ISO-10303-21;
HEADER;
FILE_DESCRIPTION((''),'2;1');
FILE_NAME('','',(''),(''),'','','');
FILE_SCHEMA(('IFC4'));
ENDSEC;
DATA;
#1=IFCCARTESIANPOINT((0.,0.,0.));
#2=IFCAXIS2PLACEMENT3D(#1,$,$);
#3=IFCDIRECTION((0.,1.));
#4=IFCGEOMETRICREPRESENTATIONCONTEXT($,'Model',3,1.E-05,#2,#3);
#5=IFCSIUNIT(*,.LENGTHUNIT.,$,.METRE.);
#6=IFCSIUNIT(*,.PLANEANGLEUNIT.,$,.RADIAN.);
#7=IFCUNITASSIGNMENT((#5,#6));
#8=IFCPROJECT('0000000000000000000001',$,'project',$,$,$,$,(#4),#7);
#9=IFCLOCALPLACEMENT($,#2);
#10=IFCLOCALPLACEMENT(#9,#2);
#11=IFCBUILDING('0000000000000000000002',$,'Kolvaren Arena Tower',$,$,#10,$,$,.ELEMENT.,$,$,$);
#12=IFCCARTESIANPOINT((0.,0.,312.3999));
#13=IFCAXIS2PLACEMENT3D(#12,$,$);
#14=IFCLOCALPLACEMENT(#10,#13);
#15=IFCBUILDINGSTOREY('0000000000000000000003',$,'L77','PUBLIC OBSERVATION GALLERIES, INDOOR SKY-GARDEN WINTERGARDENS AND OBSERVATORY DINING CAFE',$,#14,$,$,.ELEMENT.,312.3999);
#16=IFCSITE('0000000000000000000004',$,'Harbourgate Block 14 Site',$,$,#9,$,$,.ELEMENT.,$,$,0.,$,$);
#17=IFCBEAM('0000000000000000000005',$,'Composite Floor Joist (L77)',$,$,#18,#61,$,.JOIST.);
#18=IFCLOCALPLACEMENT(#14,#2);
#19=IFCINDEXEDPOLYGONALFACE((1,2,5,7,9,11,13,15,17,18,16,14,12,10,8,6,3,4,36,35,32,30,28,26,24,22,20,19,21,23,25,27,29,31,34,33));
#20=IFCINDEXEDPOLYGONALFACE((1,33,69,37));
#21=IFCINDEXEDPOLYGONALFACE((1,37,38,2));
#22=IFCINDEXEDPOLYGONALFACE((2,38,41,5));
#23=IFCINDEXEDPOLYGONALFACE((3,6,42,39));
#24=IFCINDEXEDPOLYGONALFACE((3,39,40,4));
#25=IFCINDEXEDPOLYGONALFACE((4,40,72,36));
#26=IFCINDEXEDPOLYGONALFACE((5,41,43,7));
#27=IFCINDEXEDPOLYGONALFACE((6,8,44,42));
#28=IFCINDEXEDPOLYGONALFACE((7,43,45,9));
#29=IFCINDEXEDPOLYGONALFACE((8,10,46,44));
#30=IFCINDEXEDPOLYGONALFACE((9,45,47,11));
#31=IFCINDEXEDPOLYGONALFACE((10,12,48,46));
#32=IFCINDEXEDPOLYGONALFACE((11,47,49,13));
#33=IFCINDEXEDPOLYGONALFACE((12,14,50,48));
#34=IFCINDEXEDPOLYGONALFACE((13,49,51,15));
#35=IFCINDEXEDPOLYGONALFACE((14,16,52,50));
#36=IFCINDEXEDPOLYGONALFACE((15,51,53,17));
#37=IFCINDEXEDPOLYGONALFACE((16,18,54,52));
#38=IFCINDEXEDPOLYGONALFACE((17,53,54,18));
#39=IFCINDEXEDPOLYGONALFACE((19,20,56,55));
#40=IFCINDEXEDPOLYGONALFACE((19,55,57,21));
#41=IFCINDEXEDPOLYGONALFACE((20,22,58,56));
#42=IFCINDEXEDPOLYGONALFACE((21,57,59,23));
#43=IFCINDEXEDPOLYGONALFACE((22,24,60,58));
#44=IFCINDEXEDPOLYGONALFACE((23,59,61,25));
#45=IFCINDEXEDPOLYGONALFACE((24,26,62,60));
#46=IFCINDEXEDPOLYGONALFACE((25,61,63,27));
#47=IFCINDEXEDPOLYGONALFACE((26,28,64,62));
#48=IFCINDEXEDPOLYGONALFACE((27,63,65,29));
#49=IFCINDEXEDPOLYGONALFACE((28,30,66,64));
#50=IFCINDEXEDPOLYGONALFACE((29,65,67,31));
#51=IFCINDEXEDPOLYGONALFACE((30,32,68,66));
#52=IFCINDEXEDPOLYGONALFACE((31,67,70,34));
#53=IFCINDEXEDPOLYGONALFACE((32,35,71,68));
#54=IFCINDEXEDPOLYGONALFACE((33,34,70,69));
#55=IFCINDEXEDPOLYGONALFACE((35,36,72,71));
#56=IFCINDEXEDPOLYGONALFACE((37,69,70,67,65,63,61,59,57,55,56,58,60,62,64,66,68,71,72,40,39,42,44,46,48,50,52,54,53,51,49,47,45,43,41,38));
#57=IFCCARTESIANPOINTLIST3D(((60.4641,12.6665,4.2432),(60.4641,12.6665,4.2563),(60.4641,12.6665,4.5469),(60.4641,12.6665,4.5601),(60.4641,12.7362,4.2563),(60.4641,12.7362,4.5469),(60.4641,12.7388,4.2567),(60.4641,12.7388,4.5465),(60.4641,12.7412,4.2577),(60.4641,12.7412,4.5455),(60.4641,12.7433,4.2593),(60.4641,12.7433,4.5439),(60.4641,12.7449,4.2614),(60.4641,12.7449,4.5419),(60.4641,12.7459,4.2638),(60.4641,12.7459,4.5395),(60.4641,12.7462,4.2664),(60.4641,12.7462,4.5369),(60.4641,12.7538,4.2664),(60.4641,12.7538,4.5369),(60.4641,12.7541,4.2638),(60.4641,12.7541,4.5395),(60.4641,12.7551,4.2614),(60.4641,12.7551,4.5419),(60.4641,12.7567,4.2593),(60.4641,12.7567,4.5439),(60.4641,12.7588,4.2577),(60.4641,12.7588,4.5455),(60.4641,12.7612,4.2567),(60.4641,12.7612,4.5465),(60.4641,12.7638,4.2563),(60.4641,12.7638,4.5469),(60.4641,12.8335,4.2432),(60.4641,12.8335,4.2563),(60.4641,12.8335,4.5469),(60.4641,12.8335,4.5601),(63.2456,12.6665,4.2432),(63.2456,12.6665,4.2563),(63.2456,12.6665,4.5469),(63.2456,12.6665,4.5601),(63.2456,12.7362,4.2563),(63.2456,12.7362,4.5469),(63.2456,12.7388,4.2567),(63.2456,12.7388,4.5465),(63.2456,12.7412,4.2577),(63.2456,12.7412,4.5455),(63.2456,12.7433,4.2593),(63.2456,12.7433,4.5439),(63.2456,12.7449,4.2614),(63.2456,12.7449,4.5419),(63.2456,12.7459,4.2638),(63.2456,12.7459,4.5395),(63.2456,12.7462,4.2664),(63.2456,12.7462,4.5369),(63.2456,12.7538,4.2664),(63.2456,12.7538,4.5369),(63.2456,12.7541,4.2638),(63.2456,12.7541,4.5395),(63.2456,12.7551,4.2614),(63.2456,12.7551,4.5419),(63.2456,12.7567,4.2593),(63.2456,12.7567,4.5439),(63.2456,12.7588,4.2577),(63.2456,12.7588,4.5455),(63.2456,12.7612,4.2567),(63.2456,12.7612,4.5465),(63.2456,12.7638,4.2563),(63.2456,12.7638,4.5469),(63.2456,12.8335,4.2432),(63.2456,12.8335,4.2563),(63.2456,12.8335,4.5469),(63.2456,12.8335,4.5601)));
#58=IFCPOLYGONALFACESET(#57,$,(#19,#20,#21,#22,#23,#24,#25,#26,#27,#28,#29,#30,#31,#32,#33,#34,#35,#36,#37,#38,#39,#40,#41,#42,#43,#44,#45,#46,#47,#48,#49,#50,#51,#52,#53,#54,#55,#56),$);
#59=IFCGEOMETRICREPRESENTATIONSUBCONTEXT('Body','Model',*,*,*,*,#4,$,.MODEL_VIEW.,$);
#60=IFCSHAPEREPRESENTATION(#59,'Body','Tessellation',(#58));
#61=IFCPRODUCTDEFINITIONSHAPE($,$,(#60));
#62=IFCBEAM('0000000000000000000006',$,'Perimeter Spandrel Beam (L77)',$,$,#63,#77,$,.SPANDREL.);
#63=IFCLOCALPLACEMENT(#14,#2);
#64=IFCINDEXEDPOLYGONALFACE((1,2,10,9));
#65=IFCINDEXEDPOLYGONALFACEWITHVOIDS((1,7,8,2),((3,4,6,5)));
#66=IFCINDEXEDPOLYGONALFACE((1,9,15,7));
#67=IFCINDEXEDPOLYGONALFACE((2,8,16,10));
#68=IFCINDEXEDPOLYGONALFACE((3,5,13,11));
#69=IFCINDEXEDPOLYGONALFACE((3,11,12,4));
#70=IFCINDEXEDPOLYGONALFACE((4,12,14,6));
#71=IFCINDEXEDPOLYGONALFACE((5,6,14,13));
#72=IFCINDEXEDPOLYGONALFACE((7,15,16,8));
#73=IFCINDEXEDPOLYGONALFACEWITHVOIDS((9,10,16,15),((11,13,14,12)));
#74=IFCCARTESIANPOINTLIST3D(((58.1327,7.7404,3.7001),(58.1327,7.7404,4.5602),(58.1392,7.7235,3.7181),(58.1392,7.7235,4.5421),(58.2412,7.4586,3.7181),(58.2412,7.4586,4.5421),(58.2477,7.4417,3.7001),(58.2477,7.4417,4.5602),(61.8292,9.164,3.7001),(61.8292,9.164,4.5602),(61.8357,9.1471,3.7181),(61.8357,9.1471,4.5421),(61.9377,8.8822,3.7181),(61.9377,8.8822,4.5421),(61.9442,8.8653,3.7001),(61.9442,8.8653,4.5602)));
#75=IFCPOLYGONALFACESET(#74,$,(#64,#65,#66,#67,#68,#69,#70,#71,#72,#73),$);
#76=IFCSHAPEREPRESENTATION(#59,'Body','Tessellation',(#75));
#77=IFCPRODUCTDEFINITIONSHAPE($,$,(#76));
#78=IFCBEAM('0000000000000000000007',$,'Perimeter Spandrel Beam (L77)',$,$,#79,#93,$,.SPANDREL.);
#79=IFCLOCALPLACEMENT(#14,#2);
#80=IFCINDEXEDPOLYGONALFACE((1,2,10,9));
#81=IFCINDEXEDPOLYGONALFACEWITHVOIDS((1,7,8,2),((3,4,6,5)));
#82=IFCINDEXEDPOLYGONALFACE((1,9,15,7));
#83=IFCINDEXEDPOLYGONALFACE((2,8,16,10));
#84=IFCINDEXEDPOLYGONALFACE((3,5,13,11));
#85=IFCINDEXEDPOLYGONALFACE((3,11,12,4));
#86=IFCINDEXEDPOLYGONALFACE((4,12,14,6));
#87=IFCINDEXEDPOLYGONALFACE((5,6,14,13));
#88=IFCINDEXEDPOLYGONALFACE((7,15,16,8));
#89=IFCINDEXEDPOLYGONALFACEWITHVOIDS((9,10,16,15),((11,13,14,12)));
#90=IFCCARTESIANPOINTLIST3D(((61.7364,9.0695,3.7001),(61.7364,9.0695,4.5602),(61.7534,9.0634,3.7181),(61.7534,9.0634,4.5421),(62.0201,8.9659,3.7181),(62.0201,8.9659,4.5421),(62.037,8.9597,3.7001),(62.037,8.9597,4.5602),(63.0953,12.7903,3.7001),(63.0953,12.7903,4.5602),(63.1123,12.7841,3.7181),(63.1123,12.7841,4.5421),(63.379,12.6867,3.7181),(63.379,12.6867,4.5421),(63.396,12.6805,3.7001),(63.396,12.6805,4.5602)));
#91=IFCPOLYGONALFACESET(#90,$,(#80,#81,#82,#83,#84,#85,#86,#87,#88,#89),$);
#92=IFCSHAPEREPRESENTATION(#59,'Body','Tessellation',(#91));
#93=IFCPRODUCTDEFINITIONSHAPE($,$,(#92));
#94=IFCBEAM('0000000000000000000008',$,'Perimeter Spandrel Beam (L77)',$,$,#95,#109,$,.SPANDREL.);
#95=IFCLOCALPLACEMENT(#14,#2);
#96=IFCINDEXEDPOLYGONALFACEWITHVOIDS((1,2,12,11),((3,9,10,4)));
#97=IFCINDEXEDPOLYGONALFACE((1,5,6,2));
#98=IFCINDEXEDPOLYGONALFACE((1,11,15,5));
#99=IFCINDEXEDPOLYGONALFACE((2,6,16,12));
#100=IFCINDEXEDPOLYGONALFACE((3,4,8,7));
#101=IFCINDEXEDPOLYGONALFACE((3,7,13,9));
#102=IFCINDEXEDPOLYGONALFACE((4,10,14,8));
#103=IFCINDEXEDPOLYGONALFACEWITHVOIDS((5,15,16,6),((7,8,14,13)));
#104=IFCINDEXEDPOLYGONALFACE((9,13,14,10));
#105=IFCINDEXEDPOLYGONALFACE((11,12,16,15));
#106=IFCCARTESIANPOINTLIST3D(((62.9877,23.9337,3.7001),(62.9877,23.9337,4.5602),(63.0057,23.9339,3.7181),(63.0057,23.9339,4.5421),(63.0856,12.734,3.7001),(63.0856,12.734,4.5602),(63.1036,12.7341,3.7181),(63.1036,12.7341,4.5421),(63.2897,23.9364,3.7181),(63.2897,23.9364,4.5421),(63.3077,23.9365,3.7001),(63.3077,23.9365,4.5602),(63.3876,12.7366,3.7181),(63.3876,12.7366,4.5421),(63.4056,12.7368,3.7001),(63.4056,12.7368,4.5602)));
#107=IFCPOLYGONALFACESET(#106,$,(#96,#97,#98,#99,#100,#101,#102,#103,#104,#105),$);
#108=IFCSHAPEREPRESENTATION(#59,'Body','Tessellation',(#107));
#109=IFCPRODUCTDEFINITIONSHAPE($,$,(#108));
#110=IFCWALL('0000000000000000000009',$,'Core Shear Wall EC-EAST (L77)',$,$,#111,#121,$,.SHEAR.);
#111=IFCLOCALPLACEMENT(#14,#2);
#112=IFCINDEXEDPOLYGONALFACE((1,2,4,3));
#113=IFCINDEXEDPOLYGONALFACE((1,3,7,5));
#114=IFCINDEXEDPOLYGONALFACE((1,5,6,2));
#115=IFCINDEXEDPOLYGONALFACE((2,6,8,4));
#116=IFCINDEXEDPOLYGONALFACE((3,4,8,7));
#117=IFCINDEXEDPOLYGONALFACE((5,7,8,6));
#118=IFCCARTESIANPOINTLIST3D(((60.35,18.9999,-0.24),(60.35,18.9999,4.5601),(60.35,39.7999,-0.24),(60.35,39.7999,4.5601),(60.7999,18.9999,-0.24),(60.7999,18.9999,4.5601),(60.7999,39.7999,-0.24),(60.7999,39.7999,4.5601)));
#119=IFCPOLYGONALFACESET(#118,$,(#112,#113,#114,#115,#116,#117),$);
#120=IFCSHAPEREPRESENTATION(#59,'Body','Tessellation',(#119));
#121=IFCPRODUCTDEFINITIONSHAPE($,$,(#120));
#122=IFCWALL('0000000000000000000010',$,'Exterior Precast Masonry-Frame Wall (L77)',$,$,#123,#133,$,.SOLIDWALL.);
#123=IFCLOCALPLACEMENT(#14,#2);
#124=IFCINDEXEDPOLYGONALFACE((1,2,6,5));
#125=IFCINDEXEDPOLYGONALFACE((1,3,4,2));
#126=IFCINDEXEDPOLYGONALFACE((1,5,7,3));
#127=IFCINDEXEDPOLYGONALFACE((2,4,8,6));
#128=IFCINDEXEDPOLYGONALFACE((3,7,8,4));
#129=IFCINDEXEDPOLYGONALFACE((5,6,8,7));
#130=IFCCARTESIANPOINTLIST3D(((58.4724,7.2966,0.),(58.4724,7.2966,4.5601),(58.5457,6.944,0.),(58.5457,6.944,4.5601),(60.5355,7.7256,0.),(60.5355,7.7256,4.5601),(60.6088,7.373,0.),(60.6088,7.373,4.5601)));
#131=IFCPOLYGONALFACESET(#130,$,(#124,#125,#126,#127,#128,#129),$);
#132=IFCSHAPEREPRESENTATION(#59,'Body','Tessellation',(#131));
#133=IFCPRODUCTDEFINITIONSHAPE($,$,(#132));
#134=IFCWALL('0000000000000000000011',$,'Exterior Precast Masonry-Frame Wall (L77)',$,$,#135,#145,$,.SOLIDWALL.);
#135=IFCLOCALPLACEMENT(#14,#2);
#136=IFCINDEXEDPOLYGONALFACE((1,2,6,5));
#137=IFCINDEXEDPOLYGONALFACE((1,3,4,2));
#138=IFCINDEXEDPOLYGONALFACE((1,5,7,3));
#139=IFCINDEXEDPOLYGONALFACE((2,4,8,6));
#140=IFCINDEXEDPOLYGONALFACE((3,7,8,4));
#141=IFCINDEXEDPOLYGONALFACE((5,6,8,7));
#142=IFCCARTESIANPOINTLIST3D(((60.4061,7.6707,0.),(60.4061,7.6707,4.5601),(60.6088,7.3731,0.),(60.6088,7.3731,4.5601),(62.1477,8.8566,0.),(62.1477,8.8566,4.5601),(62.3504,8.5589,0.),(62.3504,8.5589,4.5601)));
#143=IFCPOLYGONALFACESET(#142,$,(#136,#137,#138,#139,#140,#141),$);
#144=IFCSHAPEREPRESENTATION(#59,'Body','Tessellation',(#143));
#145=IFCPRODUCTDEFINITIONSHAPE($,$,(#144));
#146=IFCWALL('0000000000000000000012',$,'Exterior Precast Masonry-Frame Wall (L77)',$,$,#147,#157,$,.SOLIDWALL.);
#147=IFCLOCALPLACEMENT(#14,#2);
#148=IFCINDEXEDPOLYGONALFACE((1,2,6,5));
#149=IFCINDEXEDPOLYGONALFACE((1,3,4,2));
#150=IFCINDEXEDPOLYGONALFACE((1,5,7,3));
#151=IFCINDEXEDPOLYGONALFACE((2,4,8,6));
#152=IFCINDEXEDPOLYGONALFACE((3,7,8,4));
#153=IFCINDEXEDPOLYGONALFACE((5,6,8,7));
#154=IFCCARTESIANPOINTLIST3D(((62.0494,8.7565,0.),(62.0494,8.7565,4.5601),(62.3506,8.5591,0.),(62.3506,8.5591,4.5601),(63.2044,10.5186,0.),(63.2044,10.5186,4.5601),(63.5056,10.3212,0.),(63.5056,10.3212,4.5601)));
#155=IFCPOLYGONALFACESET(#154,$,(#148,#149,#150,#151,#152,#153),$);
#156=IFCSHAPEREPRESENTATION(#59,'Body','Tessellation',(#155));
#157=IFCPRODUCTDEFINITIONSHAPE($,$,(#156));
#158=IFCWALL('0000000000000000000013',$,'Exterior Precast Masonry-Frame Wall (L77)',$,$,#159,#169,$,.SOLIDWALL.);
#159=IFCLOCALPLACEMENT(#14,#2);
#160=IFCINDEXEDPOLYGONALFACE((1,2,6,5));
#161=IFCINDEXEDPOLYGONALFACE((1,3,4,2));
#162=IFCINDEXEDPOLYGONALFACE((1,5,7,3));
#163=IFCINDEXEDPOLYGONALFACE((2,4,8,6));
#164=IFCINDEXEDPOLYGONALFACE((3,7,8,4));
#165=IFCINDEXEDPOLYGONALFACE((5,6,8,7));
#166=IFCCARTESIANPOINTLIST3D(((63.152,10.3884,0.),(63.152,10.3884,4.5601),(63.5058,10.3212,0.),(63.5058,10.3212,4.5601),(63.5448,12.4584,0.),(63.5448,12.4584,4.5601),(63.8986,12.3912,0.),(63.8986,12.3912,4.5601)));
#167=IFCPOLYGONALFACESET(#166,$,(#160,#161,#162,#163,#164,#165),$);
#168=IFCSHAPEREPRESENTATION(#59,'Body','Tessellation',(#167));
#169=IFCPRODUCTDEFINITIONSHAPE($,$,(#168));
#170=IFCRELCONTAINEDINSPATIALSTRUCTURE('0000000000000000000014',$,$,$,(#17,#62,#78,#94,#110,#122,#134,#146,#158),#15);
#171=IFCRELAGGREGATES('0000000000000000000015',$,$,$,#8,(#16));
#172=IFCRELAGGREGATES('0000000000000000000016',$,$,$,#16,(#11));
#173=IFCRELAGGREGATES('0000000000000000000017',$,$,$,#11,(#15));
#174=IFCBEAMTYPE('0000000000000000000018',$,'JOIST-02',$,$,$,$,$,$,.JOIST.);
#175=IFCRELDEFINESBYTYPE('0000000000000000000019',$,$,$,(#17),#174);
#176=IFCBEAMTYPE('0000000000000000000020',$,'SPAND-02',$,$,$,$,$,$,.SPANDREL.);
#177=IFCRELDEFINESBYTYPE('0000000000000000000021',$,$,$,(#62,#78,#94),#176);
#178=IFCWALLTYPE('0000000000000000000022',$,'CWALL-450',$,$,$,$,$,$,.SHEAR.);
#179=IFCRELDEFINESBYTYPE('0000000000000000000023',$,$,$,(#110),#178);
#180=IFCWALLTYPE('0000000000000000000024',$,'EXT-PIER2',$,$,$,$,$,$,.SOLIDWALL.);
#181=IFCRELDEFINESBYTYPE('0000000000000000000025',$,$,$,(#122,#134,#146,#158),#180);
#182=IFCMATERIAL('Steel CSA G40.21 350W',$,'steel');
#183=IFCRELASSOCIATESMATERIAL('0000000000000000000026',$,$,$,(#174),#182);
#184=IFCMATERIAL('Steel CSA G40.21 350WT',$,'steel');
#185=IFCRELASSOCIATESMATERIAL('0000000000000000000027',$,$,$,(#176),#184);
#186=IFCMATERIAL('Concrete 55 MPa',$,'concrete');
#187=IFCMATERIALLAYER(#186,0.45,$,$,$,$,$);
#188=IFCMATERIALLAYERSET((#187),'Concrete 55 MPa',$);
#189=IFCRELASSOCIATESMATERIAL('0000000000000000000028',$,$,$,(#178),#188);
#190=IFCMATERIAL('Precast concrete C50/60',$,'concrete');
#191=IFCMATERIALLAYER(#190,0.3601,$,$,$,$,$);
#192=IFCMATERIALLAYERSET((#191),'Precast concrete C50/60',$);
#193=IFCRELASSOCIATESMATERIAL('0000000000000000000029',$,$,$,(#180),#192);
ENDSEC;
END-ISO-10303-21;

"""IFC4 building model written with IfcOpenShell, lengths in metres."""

from ifc_helpers import new_model, si_unit, direction, frame, frame_2d, origin, origin_2d, place, context, subcontext, project, spatial, rectangle, hollow_rectangle, i_section, extrude, material, layer, layer_set, material_profile, profile_set, type_object, element, save


model = new_model("IFC4")

# Units and contexts
model_context = context("Model", 3, precision=1e-05, world=origin(), true_north=direction((0.0, 1.0)))
body_context = subcontext(model_context, "Body", "Model", "MODEL_VIEW")
ifc_project = project(units=[si_unit("LENGTHUNIT", "METRE"), si_unit("PLANEANGLEUNIT", "RADIAN")], contexts=[model_context])

# Site, building, storey
site_placement = place(None, origin())
site = spatial("IfcSite", under=ifc_project, at=site_placement, Name="Harbourgate Block 14 Site", CompositionType="ELEMENT", RefElevation=0.0)
building_placement = place(site_placement, origin())
building = spatial("IfcBuilding", under=site, at=building_placement, Name="Kolvaren Arena Tower", CompositionType="ELEMENT")
storey_placement = place(building_placement, frame((0.0, 0.0, 312.3999)))
storey = spatial("IfcBuildingStorey", under=building, at=storey_placement, Name="L77", Description="PUBLIC OBSERVATION GALLERIES, INDOOR SKY-GARDEN WINTERGARDENS AND OBSERVATORY DINING CAFE", CompositionType="ELEMENT", Elevation=312.3999)

# Shared definitions
ifc_material_1 = material(Name="Precast concrete C50/60", Category="concrete")

# Beams
ifc_material_2 = material(Name="Steel CSA G40.21 350W", Category="steel")
ifc_material_profile_1 = material_profile(ifc_material_2, i_section(OverallWidth=0.167, OverallDepth=0.3169, WebThickness=0.0076, FlangeThickness=0.0132, FilletRadius=0.01, at=origin_2d()), Name="W310x52")
ifc_profile_set_1 = profile_set([ifc_material_profile_1], Name="Steel CSA G40.21 350W")
beam_type_1 = type_object("IfcBeamType", Name="JOIST-02", PredefinedType="JOIST", material=ifc_profile_set_1)
beam_1_placement = place(storey_placement, frame((60.4641, 12.75, 4.4016), z_axis=(1.0, 0.0, 0.0), x_axis=(0.0, 1.0, 0.0)))
element("IfcBeam", 1, at=beam_1_placement, inside=storey, type_object=beam_type_1, Name="Composite Floor Joist (L77)", PredefinedType="JOIST", context=body_context, shape_type="SweptSolid", body=[
    extrude(i_section(OverallWidth=0.167, OverallDepth=0.3169, WebThickness=0.0076, FlangeThickness=0.0132, FilletRadius=0.01, at=origin_2d()), origin(), (0.0, 0.0, 1.0), 2.7815),
])
ifc_material_3 = material(Name="Steel CSA G40.21 350WT", Category="steel")
ifc_material_profile_2 = material_profile(ifc_material_3, hollow_rectangle(XDim=0.3201, YDim=0.8601, WallThickness=0.0181, at=origin_2d()), Name="HSS 860x320x18")
ifc_profile_set_2 = profile_set([ifc_material_profile_2], Name="Steel CSA G40.21 350WT")
beam_type_2 = type_object("IfcBeamType", Name="SPAND-02", PredefinedType="SPANDREL", material=ifc_profile_set_2)
for number, where, z_axis, x_axis, name in (
    (2, (58.1902, 7.5911, 4.1301), (0.93319, 0.359384, 0.0), (-0.359384, 0.93319, 0.0), "Perimeter Spandrel Beam (L77)"),
    (3, (61.8867, 9.0146, 4.1301), (0.343059, 0.939314, 0.0), (-0.939314, 0.343059, 0.0), "Perimeter Spandrel Beam (L77)"),
):
    element("IfcBeam", number, at=place(storey_placement, frame(where, z_axis=z_axis, x_axis=x_axis)), inside=storey, type_object=beam_type_2, Name=name, PredefinedType="SPANDREL", context=body_context, shape_type="SweptSolid", body=[
        extrude(hollow_rectangle(XDim=0.3201, YDim=0.8601, WallThickness=0.0181, at=origin_2d()), origin(), (0.0, 0.0, 1.0), 3.9612),
    ])
beam_2_placement = place(storey_placement, frame((63.2456, 12.7354, 4.1301), z_axis=(-0.008741, 0.999962, 0.0), x_axis=(-0.999962, -0.008741, 0.0)))
element("IfcBeam", 4, at=beam_2_placement, inside=storey, type_object=beam_type_2, Name="Perimeter Spandrel Beam (L77)", PredefinedType="SPANDREL", context=body_context, shape_type="SweptSolid", body=[
    extrude(hollow_rectangle(XDim=0.3201, YDim=0.8601, WallThickness=0.0181, at=origin_2d()), origin(), (0.0, 0.0, 1.0), 11.2002),
])

# Walls
ifc_material_4 = material(Name="Concrete 55 MPa", Category="concrete")
ifc_layer_1 = layer(ifc_material_4, 0.45)
ifc_layer_set_1 = layer_set([ifc_layer_1], Name="Concrete 55 MPa")
wall_type_1 = type_object("IfcWallType", Name="CWALL-450", PredefinedType="SHEAR", material=ifc_layer_set_1)
wall_1_placement = place(storey_placement, frame((60.575, 19.0, -0.24), z_axis=(0.0, 0.0, 1.0), x_axis=(0.0, 1.0, 0.0)))
element("IfcWall", 5, at=wall_1_placement, inside=storey, type_object=wall_type_1, Name="Core Shear Wall EC-EAST (L77)", PredefinedType="SHEAR", context=body_context, shape_type="SweptSolid", body=[
    extrude(rectangle(XDim=20.8, YDim=0.45, at=frame_2d((10.3999, 0.0))), origin(), (0.0, 0.0, 1.0), 4.8),
])
ifc_layer_2 = layer(ifc_material_1, 0.3601)
ifc_layer_set_2 = layer_set([ifc_layer_2], Name="Precast concrete C50/60")
wall_type_2 = type_object("IfcWallType", Name="EXT-PIER2", PredefinedType="SOLIDWALL", material=ifc_layer_set_2)
wall_2_placement = place(storey_placement, frame((60.5723, 7.5493, 0.0), z_axis=(0.0, 0.0, 1.0), x_axis=(-0.979059, -0.203575, 0.0)))
element("IfcWall", 6, at=wall_2_placement, inside=storey, type_object=wall_type_2, Name="Exterior Precast Masonry-Frame Wall (L77)", PredefinedType="SOLIDWALL", context=body_context, shape_type="SweptSolid", body=[
    extrude(rectangle(XDim=2.1072, YDim=0.3601, at=frame_2d((1.0537, 0.0))), origin(), (0.0, 0.0, 1.0), 4.5601),
])
for number, where, z_axis, x_axis, name in (
    (7, (62.249, 8.7078, 0.0), (0.0, 0.0, 1.0), (-0.826573, -0.56283, 0.0), "Exterior Precast Masonry-Frame Wall (L77)"),
    (8, (63.355, 10.4199, 0.0), (0.0, 0.0, 1.0), (-0.548186, -0.836357, 0.0), "Exterior Precast Masonry-Frame Wall (L77)"),
    (9, (63.7217, 12.4248, 0.0), (0.0, 0.0, 1.0), (-0.186436, -0.982467, 0.0), "Exterior Precast Masonry-Frame Wall (L77)"),
):
    element("IfcWall", number, at=place(storey_placement, frame(where, z_axis=z_axis, x_axis=x_axis)), inside=storey, type_object=wall_type_2, Name=name, PredefinedType="SOLIDWALL", context=body_context, shape_type="SweptSolid", body=[
        extrude(rectangle(XDim=2.1069, YDim=0.3601, at=frame_2d((1.0535, 0.0))), origin(), (0.0, 0.0, 1.0), 4.5601),
    ])

save(model, "model.ifc")
